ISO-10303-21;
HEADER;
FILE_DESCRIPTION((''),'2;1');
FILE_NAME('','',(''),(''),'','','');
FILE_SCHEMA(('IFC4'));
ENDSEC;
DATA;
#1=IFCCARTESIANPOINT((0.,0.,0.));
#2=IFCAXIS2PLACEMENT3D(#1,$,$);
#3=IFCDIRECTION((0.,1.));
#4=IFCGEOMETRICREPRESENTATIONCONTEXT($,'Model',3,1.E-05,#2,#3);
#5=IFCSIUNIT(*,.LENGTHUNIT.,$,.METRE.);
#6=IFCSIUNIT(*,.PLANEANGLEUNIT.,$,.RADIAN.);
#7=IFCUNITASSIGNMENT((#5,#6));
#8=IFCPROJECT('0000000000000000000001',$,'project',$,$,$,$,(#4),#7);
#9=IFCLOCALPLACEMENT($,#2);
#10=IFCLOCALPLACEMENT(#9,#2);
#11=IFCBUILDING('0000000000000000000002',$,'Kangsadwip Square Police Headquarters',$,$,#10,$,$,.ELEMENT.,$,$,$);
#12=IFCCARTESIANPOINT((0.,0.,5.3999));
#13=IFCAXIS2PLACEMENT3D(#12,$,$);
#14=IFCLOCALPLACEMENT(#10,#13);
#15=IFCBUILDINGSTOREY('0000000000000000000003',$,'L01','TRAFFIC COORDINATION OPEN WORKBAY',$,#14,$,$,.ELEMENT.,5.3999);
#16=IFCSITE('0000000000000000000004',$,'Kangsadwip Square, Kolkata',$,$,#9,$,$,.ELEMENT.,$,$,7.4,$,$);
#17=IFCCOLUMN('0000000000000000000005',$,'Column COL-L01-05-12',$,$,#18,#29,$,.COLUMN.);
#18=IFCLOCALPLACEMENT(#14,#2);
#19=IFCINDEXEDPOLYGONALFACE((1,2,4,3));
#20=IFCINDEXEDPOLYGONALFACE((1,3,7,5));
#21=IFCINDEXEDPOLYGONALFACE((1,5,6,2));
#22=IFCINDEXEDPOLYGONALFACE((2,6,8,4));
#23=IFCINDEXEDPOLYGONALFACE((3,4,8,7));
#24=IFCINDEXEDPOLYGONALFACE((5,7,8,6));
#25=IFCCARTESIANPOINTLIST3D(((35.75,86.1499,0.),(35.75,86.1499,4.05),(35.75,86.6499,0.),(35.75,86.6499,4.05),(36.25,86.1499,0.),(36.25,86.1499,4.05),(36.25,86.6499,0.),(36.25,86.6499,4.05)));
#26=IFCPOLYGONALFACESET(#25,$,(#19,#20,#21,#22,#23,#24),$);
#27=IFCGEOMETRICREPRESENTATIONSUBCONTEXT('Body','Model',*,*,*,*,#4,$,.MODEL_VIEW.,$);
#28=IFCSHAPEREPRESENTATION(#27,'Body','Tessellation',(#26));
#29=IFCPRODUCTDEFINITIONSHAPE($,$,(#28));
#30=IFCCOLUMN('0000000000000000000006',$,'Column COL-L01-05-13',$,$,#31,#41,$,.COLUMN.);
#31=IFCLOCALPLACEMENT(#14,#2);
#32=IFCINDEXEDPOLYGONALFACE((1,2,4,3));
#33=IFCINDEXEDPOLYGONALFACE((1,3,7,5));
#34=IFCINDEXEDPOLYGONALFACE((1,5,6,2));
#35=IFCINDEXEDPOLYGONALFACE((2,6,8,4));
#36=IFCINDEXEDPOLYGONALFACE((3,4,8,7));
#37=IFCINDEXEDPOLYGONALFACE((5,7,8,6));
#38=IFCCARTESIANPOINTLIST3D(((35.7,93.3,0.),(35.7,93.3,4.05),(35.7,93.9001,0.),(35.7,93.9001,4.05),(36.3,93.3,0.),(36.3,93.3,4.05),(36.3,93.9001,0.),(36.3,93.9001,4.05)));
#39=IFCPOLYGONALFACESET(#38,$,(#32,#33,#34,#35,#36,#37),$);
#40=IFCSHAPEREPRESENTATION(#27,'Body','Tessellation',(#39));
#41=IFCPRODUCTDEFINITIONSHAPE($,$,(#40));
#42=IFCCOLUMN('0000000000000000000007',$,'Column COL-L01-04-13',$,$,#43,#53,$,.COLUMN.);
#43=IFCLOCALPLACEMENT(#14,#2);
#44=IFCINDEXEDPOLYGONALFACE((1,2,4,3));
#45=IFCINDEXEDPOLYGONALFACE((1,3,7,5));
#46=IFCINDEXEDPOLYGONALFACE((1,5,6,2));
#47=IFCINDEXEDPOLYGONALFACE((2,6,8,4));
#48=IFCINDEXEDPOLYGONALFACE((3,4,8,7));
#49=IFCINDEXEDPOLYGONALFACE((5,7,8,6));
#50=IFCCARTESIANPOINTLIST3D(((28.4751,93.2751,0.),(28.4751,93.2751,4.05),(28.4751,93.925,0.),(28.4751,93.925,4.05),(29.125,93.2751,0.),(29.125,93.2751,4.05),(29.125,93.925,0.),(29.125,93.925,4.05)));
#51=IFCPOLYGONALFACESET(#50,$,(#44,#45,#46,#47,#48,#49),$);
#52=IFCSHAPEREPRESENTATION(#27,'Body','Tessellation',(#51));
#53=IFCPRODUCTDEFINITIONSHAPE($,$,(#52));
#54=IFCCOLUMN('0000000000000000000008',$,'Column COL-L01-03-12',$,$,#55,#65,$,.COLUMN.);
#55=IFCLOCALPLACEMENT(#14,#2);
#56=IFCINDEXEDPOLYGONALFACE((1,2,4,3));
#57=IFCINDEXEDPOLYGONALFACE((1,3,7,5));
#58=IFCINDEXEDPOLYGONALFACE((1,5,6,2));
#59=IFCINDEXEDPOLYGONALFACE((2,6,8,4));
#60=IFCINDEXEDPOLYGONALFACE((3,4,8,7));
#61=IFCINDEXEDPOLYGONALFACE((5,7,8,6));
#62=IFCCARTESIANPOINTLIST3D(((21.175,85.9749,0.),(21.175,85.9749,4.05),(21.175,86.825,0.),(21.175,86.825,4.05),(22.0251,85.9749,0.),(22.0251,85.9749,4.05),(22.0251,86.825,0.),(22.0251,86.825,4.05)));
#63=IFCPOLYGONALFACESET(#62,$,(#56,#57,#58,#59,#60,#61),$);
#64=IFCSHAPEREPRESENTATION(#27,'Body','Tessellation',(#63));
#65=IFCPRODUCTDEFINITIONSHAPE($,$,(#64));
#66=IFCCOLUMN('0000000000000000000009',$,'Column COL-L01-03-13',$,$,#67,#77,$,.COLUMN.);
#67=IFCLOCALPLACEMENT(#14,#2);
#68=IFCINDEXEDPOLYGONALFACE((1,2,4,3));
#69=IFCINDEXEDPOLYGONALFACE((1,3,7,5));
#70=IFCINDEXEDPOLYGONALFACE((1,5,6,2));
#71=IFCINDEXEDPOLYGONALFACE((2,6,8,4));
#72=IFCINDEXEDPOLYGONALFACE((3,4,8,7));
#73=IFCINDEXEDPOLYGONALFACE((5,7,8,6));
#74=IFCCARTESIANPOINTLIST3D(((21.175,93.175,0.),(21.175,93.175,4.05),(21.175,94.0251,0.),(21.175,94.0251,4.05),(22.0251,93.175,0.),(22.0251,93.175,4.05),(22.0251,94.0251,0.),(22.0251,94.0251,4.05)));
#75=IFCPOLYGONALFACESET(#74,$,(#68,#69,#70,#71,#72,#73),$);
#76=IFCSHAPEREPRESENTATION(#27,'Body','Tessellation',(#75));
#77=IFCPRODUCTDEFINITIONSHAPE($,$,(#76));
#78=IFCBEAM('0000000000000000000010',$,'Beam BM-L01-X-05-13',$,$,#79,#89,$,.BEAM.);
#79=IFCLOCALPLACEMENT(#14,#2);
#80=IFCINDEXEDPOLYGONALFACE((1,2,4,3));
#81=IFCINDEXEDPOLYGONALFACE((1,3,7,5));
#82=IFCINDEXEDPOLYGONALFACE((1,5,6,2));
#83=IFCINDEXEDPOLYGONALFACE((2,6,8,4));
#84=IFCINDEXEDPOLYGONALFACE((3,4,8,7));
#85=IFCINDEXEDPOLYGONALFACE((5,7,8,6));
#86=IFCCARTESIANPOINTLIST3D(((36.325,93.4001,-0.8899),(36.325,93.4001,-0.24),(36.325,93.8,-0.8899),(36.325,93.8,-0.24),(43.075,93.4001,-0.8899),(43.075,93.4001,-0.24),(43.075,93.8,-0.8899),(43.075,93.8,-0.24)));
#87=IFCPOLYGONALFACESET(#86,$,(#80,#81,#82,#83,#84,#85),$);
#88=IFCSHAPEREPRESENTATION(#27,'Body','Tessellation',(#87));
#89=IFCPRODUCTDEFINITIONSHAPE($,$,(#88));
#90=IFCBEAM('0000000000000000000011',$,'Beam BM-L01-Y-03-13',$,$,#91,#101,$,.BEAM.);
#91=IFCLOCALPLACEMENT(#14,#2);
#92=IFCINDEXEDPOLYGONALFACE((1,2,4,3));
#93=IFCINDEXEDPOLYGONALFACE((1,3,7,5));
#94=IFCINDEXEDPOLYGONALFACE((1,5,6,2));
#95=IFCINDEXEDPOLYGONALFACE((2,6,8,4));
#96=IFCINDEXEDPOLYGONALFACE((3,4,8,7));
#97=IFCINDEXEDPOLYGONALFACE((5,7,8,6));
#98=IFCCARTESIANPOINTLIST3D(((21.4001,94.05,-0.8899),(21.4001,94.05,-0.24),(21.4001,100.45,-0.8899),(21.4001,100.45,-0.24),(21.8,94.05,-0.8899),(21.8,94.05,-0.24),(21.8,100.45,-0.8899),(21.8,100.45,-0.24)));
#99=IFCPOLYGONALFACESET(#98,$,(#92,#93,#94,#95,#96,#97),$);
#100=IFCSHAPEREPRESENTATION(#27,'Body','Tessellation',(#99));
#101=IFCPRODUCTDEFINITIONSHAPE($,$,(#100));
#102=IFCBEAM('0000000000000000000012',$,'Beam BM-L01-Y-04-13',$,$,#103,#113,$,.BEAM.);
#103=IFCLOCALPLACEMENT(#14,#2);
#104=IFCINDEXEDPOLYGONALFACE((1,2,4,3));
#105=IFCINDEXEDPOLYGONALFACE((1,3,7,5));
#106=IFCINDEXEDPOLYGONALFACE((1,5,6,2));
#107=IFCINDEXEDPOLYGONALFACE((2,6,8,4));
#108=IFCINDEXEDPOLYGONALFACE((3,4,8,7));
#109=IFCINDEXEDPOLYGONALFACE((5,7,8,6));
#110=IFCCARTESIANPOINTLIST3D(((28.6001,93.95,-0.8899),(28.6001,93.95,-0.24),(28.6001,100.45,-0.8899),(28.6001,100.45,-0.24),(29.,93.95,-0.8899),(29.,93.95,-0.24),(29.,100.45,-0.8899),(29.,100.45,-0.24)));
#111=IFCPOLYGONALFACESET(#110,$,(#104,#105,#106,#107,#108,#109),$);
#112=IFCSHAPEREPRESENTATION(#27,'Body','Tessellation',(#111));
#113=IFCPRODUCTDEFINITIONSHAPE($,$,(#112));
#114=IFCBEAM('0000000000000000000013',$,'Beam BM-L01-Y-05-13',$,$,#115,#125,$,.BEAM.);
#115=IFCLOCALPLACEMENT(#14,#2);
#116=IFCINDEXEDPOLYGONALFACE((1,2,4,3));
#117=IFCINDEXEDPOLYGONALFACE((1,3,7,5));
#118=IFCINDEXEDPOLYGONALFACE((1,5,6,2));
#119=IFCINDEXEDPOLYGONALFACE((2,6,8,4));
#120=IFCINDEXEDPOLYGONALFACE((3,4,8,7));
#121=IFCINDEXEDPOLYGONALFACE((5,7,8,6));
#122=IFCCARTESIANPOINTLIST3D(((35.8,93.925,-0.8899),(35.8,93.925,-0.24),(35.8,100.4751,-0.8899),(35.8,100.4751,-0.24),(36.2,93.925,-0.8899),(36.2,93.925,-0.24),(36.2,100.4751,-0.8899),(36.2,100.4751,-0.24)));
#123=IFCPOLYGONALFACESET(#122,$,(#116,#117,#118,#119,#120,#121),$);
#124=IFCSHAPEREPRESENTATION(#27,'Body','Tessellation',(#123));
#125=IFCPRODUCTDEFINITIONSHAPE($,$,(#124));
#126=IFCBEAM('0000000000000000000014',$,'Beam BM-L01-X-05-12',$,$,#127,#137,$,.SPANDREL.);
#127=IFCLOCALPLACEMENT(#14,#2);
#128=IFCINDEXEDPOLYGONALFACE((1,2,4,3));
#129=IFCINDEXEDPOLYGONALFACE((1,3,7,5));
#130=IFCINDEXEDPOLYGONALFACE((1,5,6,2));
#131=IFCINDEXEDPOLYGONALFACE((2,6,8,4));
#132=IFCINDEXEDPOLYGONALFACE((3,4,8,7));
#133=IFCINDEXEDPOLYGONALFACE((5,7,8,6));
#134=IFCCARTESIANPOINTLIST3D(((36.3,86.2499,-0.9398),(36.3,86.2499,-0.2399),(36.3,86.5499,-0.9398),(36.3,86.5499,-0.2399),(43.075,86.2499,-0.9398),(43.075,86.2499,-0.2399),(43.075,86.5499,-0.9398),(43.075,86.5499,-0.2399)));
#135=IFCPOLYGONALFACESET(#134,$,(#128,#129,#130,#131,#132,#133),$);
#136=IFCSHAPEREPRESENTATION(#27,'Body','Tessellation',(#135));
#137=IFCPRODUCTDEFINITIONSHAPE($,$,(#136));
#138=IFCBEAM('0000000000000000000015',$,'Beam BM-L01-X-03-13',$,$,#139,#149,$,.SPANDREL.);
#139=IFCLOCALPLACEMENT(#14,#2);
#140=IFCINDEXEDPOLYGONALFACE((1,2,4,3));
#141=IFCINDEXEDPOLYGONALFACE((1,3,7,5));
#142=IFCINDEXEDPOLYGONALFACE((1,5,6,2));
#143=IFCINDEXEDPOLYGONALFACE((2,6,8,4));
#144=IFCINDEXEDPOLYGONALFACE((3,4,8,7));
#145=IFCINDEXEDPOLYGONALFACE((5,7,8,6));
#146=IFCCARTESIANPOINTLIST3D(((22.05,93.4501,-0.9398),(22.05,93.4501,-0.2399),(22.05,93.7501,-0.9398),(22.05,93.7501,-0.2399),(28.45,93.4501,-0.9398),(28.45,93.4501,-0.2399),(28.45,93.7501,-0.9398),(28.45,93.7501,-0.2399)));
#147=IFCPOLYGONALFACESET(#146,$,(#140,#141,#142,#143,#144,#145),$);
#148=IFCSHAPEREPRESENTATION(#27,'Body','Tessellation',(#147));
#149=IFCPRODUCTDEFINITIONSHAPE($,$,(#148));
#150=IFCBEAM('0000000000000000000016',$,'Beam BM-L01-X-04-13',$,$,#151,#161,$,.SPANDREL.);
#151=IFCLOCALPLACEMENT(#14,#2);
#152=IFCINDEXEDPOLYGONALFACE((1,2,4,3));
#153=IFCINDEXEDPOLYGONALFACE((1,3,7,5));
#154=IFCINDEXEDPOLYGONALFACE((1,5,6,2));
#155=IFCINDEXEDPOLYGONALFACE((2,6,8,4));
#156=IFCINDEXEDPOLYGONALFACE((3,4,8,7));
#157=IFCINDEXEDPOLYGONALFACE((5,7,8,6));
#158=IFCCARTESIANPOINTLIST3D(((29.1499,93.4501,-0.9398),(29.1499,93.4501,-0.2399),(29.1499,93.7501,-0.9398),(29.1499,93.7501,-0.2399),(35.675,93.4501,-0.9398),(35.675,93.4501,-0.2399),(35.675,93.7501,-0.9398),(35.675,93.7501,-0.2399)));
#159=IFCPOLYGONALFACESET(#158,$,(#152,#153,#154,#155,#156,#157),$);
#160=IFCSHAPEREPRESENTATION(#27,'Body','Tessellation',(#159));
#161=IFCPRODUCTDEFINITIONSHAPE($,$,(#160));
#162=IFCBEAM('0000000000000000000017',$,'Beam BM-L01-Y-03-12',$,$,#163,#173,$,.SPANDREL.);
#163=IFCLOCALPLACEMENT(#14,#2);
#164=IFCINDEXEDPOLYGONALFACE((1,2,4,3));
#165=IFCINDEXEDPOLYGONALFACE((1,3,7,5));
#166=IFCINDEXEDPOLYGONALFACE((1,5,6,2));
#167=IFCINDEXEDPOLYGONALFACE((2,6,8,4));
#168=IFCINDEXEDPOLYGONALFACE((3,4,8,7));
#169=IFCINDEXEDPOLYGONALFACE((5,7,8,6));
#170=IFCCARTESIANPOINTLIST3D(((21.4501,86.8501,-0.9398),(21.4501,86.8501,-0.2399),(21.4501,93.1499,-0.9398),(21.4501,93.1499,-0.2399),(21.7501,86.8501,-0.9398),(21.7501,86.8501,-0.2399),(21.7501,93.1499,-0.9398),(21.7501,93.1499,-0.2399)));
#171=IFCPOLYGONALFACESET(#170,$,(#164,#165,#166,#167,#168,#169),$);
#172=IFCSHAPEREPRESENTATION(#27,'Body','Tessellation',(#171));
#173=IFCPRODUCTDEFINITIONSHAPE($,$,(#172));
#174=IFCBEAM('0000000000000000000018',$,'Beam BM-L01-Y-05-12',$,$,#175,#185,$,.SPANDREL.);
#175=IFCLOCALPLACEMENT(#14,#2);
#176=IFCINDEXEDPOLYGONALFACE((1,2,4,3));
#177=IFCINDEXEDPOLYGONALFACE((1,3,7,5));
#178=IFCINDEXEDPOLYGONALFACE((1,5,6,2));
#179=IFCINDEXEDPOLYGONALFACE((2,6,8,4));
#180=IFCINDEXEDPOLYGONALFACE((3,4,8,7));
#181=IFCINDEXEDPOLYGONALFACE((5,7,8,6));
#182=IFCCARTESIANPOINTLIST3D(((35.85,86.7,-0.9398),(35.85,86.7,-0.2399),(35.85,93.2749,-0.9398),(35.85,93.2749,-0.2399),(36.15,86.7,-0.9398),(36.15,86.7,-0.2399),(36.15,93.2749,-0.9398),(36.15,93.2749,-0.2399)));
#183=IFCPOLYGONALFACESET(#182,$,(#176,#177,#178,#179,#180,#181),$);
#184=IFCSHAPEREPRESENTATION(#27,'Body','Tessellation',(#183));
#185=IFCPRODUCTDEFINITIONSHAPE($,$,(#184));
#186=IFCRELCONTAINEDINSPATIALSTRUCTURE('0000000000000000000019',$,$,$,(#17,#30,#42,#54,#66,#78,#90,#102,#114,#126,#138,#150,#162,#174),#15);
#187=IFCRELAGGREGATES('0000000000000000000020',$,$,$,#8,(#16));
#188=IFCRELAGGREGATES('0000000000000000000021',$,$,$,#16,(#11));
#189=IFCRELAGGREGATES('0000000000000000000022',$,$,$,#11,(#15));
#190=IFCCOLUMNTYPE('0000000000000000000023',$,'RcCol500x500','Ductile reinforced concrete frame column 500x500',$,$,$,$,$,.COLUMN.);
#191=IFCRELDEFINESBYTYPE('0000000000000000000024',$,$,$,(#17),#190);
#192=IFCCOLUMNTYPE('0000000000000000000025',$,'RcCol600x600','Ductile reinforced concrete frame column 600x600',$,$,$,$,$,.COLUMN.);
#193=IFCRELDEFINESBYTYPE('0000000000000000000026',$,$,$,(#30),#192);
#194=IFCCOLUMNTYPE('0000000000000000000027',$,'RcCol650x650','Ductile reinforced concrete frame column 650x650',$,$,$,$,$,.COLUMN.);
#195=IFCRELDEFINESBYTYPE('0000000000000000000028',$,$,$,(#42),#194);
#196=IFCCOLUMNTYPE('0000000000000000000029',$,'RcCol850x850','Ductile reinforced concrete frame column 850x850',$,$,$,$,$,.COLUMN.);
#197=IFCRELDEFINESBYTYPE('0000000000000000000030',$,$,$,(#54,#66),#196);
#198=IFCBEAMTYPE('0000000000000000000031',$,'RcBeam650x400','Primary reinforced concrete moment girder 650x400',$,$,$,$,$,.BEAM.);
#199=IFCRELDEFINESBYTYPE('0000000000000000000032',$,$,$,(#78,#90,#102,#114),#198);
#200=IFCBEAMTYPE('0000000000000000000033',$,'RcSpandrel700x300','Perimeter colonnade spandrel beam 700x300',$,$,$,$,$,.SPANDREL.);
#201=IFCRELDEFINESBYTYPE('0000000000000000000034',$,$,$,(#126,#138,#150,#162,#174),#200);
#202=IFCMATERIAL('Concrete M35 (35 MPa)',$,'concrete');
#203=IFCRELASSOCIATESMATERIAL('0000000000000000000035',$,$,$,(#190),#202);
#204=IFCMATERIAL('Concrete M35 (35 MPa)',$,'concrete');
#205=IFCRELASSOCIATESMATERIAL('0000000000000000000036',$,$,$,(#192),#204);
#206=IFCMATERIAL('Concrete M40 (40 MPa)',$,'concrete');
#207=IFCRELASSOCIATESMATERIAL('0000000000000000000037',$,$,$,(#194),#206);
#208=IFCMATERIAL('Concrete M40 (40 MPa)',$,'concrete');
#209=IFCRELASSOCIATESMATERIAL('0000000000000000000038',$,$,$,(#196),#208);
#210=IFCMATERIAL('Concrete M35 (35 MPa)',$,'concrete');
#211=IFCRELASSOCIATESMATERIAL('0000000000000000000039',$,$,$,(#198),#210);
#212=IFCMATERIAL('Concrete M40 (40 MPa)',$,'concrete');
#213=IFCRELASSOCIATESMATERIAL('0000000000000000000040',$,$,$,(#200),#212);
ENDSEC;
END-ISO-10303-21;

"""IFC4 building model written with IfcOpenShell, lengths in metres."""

from ifc_helpers import new_model, si_unit, direction, frame, origin, origin_2d, place, context, subcontext, project, spatial, rectangle, extrude, material, material_profile, profile_set, type_object, element, save


model = new_model("IFC4")

# Units and contexts
model_context = context("Model", 3, precision=1e-05, world=origin(), true_north=direction((0.0, 1.0)))
body_context = subcontext(model_context, "Body", "Model", "MODEL_VIEW")
ifc_project = project(units=[si_unit("LENGTHUNIT", "METRE"), si_unit("PLANEANGLEUNIT", "RADIAN")], contexts=[model_context])

# Site, building, storey
site_placement = place(None, origin())
site = spatial("IfcSite", under=ifc_project, at=site_placement, Name="Kangsadwip Square, Kolkata", CompositionType="ELEMENT", RefElevation=7.4)
building_placement = place(site_placement, origin())
building = spatial("IfcBuilding", under=site, at=building_placement, Name="Kangsadwip Square Police Headquarters", CompositionType="ELEMENT")
storey_placement = place(building_placement, frame((0.0, 0.0, 5.3999)))
storey = spatial("IfcBuildingStorey", under=building, at=storey_placement, Name="L01", Description="TRAFFIC COORDINATION OPEN WORKBAY", CompositionType="ELEMENT", Elevation=5.3999)

# Columns
ifc_material_1 = material(Name="Concrete M35 (35 MPa)", Category="concrete")
ifc_material_profile_1 = material_profile(ifc_material_1, rectangle(XDim=0.5, YDim=0.5, at=origin_2d()), Name="RC COL 500X500")
ifc_profile_set_1 = profile_set([ifc_material_profile_1], Name="Concrete M35 (35 MPa)")
column_type_1 = type_object("IfcColumnType", Name="RcCol500x500", Description="Ductile reinforced concrete frame column 500x500", PredefinedType="COLUMN", material=ifc_profile_set_1)
column_1_placement = place(storey_placement, frame((36.0, 86.3999, 0.0), z_axis=(0.0, 0.0, 1.0), x_axis=(1.0, 0.0, 0.0)))
element("IfcColumn", 1, at=column_1_placement, inside=storey, type_object=column_type_1, Name="Column COL-L01-05-12", PredefinedType="COLUMN", context=body_context, shape_type="SweptSolid", body=[
    extrude(rectangle(XDim=0.5, YDim=0.5, at=origin_2d()), origin(), (0.0, 0.0, 1.0), 4.05),
])
ifc_material_2 = material(Name="Concrete M35 (35 MPa)", Category="concrete")
ifc_material_profile_2 = material_profile(ifc_material_2, rectangle(XDim=0.6001, YDim=0.6001, at=origin_2d()), Name="RC COL 600X600")
ifc_profile_set_2 = profile_set([ifc_material_profile_2], Name="Concrete M35 (35 MPa)")
column_type_2 = type_object("IfcColumnType", Name="RcCol600x600", Description="Ductile reinforced concrete frame column 600x600", PredefinedType="COLUMN", material=ifc_profile_set_2)
column_2_placement = place(storey_placement, frame((36.0, 93.6001, 0.0), z_axis=(0.0, 0.0, 1.0), x_axis=(1.0, 0.0, 0.0)))
element("IfcColumn", 2, at=column_2_placement, inside=storey, type_object=column_type_2, Name="Column COL-L01-05-13", PredefinedType="COLUMN", context=body_context, shape_type="SweptSolid", body=[
    extrude(rectangle(XDim=0.6001, YDim=0.6001, at=origin_2d()), origin(), (0.0, 0.0, 1.0), 4.05),
])
ifc_material_3 = material(Name="Concrete M40 (40 MPa)", Category="concrete")
ifc_material_profile_3 = material_profile(ifc_material_3, rectangle(XDim=0.6499, YDim=0.6499, at=origin_2d()), Name="RC COL 650X650")
ifc_profile_set_3 = profile_set([ifc_material_profile_3], Name="Concrete M40 (40 MPa)")
column_type_3 = type_object("IfcColumnType", Name="RcCol650x650", Description="Ductile reinforced concrete frame column 650x650", PredefinedType="COLUMN", material=ifc_profile_set_3)
column_3_placement = place(storey_placement, frame((28.8, 93.6001, 0.0), z_axis=(0.0, 0.0, 1.0), x_axis=(1.0, 0.0, 0.0)))
element("IfcColumn", 3, at=column_3_placement, inside=storey, type_object=column_type_3, Name="Column COL-L01-04-13", PredefinedType="COLUMN", context=body_context, shape_type="SweptSolid", body=[
    extrude(rectangle(XDim=0.6499, YDim=0.6499, at=origin_2d()), origin(), (0.0, 0.0, 1.0), 4.05),
])
ifc_material_4 = material(Name="Concrete M40 (40 MPa)", Category="concrete")
ifc_material_profile_4 = material_profile(ifc_material_4, rectangle(XDim=0.8501, YDim=0.8501, at=origin_2d()), Name="RC COL 850X850")
ifc_profile_set_4 = profile_set([ifc_material_profile_4], Name="Concrete M40 (40 MPa)")
column_type_4 = type_object("IfcColumnType", Name="RcCol850x850", Description="Ductile reinforced concrete frame column 850x850", PredefinedType="COLUMN", material=ifc_profile_set_4)
for number, where, z_axis, x_axis, name in (
    (4, (21.6001, 86.3999, 0.0), (0.0, 0.0, 1.0), (1.0, 0.0, 0.0), "Column COL-L01-03-12"),
    (5, (21.6001, 93.6001, 0.0), (0.0, 0.0, 1.0), (1.0, 0.0, 0.0), "Column COL-L01-03-13"),
):
    element("IfcColumn", number, at=place(storey_placement, frame(where, z_axis=z_axis, x_axis=x_axis)), inside=storey, type_object=column_type_4, Name=name, PredefinedType="COLUMN", context=body_context, shape_type="SweptSolid", body=[
        extrude(rectangle(XDim=0.8501, YDim=0.8501, at=origin_2d()), origin(), (0.0, 0.0, 1.0), 4.05),
    ])

# Beams
ifc_material_5 = material(Name="Concrete M35 (35 MPa)", Category="concrete")
ifc_material_profile_5 = material_profile(ifc_material_5, rectangle(XDim=0.3999, YDim=0.6499, at=origin_2d()), Name="RC BM 650X400")
ifc_profile_set_5 = profile_set([ifc_material_profile_5], Name="Concrete M35 (35 MPa)")
beam_type_1 = type_object("IfcBeamType", Name="RcBeam650x400", Description="Primary reinforced concrete moment girder 650x400", PredefinedType="BEAM", material=ifc_profile_set_5)
beam_1_placement = place(storey_placement, frame((36.325, 93.6001, -0.5649), z_axis=(1.0, 0.0, 0.0), x_axis=(0.0, 1.0, 0.0)))
element("IfcBeam", 6, at=beam_1_placement, inside=storey, type_object=beam_type_1, Name="Beam BM-L01-X-05-13", PredefinedType="BEAM", context=body_context, shape_type="SweptSolid", body=[
    extrude(rectangle(XDim=0.3999, YDim=0.6499, at=origin_2d()), origin(), (0.0, 0.0, 1.0), 6.75),
])
beam_2_placement = place(storey_placement, frame((21.6001, 94.05, -0.5649), z_axis=(0.0, 1.0, 0.0), x_axis=(-1.0, 0.0, 0.0)))
element("IfcBeam", 7, at=beam_2_placement, inside=storey, type_object=beam_type_1, Name="Beam BM-L01-Y-03-13", PredefinedType="BEAM", context=body_context, shape_type="SweptSolid", body=[
    extrude(rectangle(XDim=0.3999, YDim=0.6499, at=origin_2d()), origin(), (0.0, 0.0, 1.0), 6.3999),
])
beam_3_placement = place(storey_placement, frame((28.8, 93.95, -0.5649), z_axis=(0.0, 1.0, 0.0), x_axis=(-1.0, 0.0, 0.0)))
element("IfcBeam", 8, at=beam_3_placement, inside=storey, type_object=beam_type_1, Name="Beam BM-L01-Y-04-13", PredefinedType="BEAM", context=body_context, shape_type="SweptSolid", body=[
    extrude(rectangle(XDim=0.3999, YDim=0.6499, at=origin_2d()), origin(), (0.0, 0.0, 1.0), 6.5),
])
beam_4_placement = place(storey_placement, frame((36.0, 93.925, -0.5649), z_axis=(0.0, 1.0, 0.0), x_axis=(-1.0, 0.0, 0.0)))
element("IfcBeam", 9, at=beam_4_placement, inside=storey, type_object=beam_type_1, Name="Beam BM-L01-Y-05-13", PredefinedType="BEAM", context=body_context, shape_type="SweptSolid", body=[
    extrude(rectangle(XDim=0.3999, YDim=0.6499, at=origin_2d()), origin(), (0.0, 0.0, 1.0), 6.55),
])
ifc_material_6 = material(Name="Concrete M40 (40 MPa)", Category="concrete")
ifc_material_profile_6 = material_profile(ifc_material_6, rectangle(XDim=0.3, YDim=0.7, at=origin_2d()), Name="RC SPN 700X300")
ifc_profile_set_6 = profile_set([ifc_material_profile_6], Name="Concrete M40 (40 MPa)")
beam_type_2 = type_object("IfcBeamType", Name="RcSpandrel700x300", Description="Perimeter colonnade spandrel beam 700x300", PredefinedType="SPANDREL", material=ifc_profile_set_6)
beam_5_placement = place(storey_placement, frame((36.3, 86.3999, -0.5898), z_axis=(1.0, 0.0, 0.0), x_axis=(0.0, 1.0, 0.0)))
element("IfcBeam", 10, at=beam_5_placement, inside=storey, type_object=beam_type_2, Name="Beam BM-L01-X-05-12", PredefinedType="SPANDREL", context=body_context, shape_type="SweptSolid", body=[
    extrude(rectangle(XDim=0.3, YDim=0.7, at=origin_2d()), origin(), (0.0, 0.0, 1.0), 6.7749),
])
beam_6_placement = place(storey_placement, frame((22.05, 93.6001, -0.5898), z_axis=(1.0, 0.0, 0.0), x_axis=(0.0, 1.0, 0.0)))
element("IfcBeam", 11, at=beam_6_placement, inside=storey, type_object=beam_type_2, Name="Beam BM-L01-X-03-13", PredefinedType="SPANDREL", context=body_context, shape_type="SweptSolid", body=[
    extrude(rectangle(XDim=0.3, YDim=0.7, at=origin_2d()), origin(), (0.0, 0.0, 1.0), 6.3999),
])
beam_7_placement = place(storey_placement, frame((29.1499, 93.6001, -0.5898), z_axis=(1.0, 0.0, 0.0), x_axis=(0.0, 1.0, 0.0)))
element("IfcBeam", 12, at=beam_7_placement, inside=storey, type_object=beam_type_2, Name="Beam BM-L01-X-04-13", PredefinedType="SPANDREL", context=body_context, shape_type="SweptSolid", body=[
    extrude(rectangle(XDim=0.3, YDim=0.7, at=origin_2d()), origin(), (0.0, 0.0, 1.0), 6.5251),
])
beam_8_placement = place(storey_placement, frame((21.6001, 86.8501, -0.5898), z_axis=(0.0, 1.0, 0.0), x_axis=(-1.0, 0.0, 0.0)))
element("IfcBeam", 13, at=beam_8_placement, inside=storey, type_object=beam_type_2, Name="Beam BM-L01-Y-03-12", PredefinedType="SPANDREL", context=body_context, shape_type="SweptSolid", body=[
    extrude(rectangle(XDim=0.3, YDim=0.7, at=origin_2d()), origin(), (0.0, 0.0, 1.0), 6.2998),
])
beam_9_placement = place(storey_placement, frame((36.0, 86.7, -0.5898), z_axis=(0.0, 1.0, 0.0), x_axis=(-1.0, 0.0, 0.0)))
element("IfcBeam", 14, at=beam_9_placement, inside=storey, type_object=beam_type_2, Name="Beam BM-L01-Y-05-12", PredefinedType="SPANDREL", context=body_context, shape_type="SweptSolid", body=[
    extrude(rectangle(XDim=0.3, YDim=0.7, at=origin_2d()), origin(), (0.0, 0.0, 1.0), 6.575),
])

save(model, "model.ifc")
